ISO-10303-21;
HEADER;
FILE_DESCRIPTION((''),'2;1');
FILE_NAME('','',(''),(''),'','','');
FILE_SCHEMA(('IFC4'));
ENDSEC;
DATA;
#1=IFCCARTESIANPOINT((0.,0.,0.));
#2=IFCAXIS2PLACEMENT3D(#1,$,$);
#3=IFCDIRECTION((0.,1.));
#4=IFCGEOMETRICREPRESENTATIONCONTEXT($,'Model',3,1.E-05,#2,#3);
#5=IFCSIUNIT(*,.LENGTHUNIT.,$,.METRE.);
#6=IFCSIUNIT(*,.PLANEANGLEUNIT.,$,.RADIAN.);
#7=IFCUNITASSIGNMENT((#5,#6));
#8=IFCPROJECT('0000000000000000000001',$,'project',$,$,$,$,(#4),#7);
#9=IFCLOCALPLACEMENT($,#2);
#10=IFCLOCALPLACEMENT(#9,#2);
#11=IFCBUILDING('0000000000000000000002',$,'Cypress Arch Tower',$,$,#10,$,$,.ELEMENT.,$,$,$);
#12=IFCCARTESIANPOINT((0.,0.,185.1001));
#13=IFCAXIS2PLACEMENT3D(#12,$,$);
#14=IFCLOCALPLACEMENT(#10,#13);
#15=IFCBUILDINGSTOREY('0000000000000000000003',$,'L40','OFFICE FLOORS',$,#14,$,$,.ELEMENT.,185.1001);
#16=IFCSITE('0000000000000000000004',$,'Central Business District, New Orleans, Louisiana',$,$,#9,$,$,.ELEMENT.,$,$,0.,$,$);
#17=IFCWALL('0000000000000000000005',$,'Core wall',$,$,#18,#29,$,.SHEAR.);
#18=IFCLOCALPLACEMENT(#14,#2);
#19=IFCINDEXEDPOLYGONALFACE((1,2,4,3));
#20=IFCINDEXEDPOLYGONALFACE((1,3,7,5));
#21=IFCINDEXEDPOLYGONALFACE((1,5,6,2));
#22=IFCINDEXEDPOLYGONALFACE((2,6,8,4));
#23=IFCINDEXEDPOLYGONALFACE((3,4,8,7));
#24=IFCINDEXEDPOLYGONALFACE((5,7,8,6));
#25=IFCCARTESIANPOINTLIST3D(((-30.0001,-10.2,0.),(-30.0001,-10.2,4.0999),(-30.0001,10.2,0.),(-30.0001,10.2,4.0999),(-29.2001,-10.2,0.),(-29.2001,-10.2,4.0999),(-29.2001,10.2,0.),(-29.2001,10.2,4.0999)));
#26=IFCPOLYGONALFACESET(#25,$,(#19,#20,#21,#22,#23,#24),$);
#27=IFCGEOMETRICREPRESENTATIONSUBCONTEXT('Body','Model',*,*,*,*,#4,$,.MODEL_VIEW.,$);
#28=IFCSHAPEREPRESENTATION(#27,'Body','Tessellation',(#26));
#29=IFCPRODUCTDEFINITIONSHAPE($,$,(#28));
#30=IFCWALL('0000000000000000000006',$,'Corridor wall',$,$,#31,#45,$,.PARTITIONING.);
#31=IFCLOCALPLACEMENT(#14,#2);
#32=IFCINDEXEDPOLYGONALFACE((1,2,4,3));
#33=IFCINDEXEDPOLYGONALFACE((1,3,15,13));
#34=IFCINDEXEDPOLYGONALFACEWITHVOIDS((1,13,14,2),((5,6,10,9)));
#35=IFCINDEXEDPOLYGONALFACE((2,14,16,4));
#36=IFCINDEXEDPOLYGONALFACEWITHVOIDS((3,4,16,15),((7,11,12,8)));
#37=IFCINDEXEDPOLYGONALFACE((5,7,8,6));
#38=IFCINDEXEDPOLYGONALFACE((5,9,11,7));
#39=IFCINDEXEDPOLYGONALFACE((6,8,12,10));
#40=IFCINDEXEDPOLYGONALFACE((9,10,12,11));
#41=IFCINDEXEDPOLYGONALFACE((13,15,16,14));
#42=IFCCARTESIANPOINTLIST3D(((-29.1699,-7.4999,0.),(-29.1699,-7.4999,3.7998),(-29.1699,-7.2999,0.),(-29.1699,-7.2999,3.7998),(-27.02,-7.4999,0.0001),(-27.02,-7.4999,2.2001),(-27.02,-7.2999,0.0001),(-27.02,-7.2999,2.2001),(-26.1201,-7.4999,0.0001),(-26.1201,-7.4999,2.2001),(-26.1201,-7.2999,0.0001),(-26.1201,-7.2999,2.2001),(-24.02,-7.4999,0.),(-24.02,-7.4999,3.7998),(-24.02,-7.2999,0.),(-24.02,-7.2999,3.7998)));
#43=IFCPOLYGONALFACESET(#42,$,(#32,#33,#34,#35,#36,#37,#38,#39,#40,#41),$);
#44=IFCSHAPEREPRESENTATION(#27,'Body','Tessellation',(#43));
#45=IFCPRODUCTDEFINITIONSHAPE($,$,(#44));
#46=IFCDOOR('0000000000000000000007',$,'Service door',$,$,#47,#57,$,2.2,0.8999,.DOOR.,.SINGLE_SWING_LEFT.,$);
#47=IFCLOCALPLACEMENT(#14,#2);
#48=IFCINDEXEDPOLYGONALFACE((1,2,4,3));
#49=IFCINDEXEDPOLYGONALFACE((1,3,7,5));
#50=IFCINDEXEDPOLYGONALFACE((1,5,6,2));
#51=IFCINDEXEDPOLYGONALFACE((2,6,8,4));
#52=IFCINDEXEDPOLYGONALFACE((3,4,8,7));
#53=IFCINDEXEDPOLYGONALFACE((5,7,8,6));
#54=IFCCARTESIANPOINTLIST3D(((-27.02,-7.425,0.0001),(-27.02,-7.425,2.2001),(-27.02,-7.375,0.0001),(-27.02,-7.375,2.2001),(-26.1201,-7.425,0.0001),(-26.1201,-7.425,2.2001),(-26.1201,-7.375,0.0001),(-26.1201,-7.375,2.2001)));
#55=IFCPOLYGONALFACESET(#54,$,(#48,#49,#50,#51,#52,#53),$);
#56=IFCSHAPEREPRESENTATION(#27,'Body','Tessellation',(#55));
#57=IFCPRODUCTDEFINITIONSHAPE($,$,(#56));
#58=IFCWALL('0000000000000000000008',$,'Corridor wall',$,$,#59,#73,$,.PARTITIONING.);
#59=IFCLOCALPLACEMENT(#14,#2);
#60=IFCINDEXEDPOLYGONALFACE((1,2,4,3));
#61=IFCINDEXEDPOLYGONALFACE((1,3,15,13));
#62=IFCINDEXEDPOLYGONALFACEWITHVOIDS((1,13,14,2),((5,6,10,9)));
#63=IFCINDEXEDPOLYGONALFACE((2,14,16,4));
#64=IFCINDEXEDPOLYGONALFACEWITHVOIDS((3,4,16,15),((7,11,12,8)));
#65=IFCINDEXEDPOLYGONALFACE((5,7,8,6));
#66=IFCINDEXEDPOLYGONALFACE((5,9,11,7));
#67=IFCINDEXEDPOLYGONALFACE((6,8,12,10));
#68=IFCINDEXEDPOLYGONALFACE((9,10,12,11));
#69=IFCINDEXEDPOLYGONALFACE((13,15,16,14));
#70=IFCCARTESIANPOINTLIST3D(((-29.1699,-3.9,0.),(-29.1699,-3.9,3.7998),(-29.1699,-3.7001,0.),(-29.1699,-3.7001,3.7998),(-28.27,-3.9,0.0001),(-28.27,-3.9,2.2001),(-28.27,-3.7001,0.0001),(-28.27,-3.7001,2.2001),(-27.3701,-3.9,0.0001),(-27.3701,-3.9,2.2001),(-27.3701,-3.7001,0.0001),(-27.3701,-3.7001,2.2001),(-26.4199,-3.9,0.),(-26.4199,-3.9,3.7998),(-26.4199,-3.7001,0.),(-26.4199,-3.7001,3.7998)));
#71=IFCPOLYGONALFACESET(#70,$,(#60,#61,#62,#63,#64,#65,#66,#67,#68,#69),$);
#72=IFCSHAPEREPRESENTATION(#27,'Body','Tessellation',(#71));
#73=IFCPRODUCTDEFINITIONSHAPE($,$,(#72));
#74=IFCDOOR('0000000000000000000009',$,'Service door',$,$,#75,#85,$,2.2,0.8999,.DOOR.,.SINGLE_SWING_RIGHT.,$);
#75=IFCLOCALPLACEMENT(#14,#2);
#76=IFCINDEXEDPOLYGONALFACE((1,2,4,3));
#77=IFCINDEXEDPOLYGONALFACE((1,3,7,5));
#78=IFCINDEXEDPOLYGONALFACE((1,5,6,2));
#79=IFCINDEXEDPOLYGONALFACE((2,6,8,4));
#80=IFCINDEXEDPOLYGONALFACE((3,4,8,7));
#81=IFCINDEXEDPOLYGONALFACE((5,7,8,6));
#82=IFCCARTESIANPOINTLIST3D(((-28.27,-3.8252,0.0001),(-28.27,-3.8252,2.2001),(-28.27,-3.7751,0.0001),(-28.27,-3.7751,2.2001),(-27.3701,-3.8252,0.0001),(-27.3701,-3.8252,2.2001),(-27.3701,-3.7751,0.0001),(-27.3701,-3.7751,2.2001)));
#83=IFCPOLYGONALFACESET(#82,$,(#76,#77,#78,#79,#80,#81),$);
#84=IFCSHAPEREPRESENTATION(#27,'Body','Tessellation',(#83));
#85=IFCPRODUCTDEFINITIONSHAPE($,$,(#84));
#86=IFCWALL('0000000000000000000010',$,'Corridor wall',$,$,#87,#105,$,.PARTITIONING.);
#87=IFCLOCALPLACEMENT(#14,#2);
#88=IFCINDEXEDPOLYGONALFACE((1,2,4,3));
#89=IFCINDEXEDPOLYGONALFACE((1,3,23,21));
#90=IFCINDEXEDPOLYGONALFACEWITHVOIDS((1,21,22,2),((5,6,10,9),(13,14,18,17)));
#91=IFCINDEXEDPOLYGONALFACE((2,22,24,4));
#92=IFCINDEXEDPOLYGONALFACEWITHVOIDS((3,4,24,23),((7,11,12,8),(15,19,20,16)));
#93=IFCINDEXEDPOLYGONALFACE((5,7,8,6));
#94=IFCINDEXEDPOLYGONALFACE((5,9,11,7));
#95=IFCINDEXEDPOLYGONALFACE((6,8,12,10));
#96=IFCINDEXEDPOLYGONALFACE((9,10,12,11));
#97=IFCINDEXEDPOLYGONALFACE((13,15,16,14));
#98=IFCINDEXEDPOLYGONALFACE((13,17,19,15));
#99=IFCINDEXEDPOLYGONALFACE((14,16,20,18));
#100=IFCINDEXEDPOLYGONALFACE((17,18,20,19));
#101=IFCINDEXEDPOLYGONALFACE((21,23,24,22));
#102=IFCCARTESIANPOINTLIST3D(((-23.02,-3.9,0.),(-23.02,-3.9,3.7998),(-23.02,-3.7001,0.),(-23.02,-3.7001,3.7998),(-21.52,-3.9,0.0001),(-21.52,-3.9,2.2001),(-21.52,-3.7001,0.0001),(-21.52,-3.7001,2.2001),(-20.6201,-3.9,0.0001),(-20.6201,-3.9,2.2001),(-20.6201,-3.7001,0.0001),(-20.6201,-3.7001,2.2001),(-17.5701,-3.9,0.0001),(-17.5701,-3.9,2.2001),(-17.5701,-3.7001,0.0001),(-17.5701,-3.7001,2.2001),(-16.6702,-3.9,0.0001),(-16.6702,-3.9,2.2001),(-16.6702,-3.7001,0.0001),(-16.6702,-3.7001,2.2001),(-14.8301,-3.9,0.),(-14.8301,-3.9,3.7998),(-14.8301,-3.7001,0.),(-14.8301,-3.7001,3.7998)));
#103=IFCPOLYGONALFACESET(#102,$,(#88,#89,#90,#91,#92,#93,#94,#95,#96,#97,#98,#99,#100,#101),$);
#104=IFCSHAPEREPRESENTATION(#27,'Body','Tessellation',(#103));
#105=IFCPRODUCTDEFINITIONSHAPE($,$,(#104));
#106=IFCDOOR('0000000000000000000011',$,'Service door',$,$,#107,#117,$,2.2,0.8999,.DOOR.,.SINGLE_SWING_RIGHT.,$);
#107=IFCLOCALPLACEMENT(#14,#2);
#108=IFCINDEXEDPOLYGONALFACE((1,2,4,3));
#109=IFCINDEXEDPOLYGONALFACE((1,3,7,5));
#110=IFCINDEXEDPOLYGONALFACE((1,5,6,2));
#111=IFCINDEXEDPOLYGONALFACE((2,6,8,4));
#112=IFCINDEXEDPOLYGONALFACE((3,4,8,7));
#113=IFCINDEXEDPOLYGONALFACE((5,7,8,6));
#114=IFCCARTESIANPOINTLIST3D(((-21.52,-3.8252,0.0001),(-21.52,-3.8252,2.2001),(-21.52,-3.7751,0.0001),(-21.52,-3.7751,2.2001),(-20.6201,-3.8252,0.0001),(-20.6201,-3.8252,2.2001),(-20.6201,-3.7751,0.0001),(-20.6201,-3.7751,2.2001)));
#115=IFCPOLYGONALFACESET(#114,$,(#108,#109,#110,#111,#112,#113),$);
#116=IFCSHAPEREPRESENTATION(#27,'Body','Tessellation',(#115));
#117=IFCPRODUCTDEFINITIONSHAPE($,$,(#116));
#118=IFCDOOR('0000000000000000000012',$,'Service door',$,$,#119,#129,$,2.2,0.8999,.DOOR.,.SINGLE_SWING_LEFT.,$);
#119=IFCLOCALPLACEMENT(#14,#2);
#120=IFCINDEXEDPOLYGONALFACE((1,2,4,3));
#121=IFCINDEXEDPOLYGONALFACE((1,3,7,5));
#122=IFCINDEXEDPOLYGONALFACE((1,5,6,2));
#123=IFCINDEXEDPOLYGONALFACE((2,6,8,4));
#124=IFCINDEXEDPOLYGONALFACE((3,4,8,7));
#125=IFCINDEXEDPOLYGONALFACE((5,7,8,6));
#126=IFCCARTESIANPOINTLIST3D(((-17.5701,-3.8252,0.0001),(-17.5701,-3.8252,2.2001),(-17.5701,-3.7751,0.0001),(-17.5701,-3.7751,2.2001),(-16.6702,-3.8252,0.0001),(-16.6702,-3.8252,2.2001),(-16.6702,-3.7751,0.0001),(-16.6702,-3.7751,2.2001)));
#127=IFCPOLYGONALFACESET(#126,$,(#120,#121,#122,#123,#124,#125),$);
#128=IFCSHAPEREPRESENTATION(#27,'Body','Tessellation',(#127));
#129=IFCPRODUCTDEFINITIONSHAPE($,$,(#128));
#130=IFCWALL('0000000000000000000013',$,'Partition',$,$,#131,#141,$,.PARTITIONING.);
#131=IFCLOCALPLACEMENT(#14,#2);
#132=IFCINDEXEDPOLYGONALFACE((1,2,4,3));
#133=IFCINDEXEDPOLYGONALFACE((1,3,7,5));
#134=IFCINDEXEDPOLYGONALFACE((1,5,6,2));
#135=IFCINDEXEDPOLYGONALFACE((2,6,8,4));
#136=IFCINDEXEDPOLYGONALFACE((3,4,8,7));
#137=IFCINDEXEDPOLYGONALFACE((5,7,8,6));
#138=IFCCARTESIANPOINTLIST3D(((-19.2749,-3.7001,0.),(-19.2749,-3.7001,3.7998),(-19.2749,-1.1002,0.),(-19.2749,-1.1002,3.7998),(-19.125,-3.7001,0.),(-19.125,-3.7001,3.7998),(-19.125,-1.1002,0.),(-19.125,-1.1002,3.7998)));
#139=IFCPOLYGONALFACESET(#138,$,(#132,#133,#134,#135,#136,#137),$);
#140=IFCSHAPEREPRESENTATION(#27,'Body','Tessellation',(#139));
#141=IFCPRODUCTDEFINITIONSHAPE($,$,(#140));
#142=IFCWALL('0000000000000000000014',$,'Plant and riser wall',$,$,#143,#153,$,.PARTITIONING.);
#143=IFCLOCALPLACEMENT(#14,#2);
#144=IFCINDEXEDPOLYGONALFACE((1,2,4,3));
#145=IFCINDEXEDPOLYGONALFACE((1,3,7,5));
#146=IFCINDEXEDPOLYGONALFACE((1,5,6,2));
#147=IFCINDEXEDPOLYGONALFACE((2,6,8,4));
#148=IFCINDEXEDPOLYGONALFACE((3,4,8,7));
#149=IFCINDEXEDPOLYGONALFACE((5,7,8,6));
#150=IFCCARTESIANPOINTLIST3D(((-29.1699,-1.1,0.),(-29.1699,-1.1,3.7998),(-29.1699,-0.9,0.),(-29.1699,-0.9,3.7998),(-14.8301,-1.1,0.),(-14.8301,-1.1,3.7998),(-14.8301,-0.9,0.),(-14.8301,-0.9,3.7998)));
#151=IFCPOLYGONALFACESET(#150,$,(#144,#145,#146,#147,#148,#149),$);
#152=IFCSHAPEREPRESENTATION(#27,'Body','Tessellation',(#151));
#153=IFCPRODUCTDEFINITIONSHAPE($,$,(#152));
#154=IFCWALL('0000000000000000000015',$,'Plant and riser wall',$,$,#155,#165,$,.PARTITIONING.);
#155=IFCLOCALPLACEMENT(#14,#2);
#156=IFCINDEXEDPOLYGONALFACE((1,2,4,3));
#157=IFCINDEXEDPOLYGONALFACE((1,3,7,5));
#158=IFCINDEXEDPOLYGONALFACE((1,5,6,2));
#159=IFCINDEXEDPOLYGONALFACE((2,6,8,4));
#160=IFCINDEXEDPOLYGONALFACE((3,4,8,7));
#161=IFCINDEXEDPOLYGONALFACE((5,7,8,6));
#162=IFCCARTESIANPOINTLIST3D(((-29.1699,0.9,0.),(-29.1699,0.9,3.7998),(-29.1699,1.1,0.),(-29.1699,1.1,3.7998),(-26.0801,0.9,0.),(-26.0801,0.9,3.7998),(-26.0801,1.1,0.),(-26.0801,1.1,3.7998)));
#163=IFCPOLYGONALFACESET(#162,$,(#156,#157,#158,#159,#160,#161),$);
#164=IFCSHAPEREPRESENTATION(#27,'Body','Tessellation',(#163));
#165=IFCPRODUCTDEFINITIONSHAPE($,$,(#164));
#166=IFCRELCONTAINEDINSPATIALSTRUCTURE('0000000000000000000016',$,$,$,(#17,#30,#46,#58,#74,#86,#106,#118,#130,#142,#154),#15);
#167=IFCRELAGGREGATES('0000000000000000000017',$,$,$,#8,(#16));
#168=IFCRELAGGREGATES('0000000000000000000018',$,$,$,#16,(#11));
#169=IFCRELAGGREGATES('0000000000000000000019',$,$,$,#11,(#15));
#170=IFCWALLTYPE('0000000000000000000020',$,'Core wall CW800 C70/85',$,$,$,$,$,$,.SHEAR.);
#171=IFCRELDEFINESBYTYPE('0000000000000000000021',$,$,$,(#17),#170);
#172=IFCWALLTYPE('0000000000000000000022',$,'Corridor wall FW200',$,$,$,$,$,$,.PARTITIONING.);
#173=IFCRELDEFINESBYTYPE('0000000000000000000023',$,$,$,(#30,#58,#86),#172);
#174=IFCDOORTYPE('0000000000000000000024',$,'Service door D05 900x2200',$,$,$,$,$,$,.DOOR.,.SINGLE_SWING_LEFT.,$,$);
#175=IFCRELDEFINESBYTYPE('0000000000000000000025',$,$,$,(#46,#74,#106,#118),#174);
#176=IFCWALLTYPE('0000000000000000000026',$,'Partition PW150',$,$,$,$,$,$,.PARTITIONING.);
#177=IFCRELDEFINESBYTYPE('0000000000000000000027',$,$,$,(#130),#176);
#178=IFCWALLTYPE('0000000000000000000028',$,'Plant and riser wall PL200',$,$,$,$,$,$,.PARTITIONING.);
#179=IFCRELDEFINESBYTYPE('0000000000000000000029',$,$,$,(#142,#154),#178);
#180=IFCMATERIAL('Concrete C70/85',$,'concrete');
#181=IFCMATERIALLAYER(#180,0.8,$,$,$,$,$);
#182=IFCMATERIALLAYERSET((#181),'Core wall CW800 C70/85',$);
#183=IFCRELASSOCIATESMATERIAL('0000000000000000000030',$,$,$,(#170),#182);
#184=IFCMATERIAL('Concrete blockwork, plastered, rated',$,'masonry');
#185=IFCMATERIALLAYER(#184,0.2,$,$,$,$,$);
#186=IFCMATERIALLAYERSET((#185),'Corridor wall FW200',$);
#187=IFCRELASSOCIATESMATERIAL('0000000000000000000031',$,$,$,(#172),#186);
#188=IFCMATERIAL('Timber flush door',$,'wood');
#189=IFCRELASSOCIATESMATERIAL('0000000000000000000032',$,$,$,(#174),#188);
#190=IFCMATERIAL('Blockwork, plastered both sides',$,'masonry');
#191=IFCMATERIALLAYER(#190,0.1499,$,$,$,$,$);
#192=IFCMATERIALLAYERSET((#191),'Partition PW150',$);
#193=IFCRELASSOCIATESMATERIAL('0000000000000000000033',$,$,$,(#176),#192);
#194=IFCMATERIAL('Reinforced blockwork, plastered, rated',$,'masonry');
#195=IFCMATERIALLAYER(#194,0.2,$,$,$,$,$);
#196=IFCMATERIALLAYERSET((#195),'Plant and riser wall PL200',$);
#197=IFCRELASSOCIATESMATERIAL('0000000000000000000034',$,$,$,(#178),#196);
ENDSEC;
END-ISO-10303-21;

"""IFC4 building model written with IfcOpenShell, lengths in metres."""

from ifc_helpers import new_model, si_unit, direction, frame, frame_2d, origin, place, context, subcontext, project, spatial, rectangle, extrude, material, layer, layer_set, type_object, element, fill, save


model = new_model("IFC4")

# Units and contexts
model_context = context("Model", 3, precision=1e-05, world=origin(), true_north=direction((0.0, 1.0)))
body_context = subcontext(model_context, "Body", "Model", "MODEL_VIEW")
ifc_project = project(units=[si_unit("LENGTHUNIT", "METRE"), si_unit("PLANEANGLEUNIT", "RADIAN")], contexts=[model_context])

# Site, building, storey
site_placement = place(None, origin())
site = spatial("IfcSite", under=ifc_project, at=site_placement, Name="Central Business District, New Orleans, Louisiana", CompositionType="ELEMENT", RefElevation=0.0)
building_placement = place(site_placement, origin())
building = spatial("IfcBuilding", under=site, at=building_placement, Name="Cypress Arch Tower", CompositionType="ELEMENT")
storey_placement = place(building_placement, frame((0.0, 0.0, 185.1001)))
storey = spatial("IfcBuildingStorey", under=building, at=storey_placement, Name="L40", Description="OFFICE FLOORS", CompositionType="ELEMENT", Elevation=185.1001)

# Wall
ifc_material_1 = material(Name="Concrete C70/85", Category="concrete")
ifc_layer_1 = layer(ifc_material_1, 0.8)
ifc_layer_set_1 = layer_set([ifc_layer_1], Name="Core wall CW800 C70/85")
wall_type_1 = type_object("IfcWallType", Name="Core wall CW800 C70/85", PredefinedType="SHEAR", material=ifc_layer_set_1)
wall_1_placement = place(storey_placement, frame((-29.6001, -10.2, 0.0), z_axis=(0.0, 0.0, 1.0), x_axis=(0.0, 1.0, 0.0)))
element("IfcWall", 1, at=wall_1_placement, inside=storey, type_object=wall_type_1, Name="Core wall", PredefinedType="SHEAR", context=body_context, shape_type="SweptSolid", body=[
    extrude(rectangle(XDim=20.3999, YDim=0.8, at=frame_2d((10.2, 0.0))), origin(), (0.0, 0.0, 1.0), 4.0999),
])

# Walls, openings, doors
ifc_material_2 = material(Name="Concrete blockwork, plastered, rated", Category="masonry")
ifc_layer_2 = layer(ifc_material_2, 0.2)
ifc_layer_set_2 = layer_set([ifc_layer_2], Name="Corridor wall FW200")
wall_type_2 = type_object("IfcWallType", Name="Corridor wall FW200", PredefinedType="PARTITIONING", material=ifc_layer_set_2)
wall_2_placement = place(storey_placement, frame((-29.1699, -7.3999, 0.0), z_axis=(0.0, 0.0, 1.0), x_axis=(1.0, 0.0, 0.0)))
wall_2 = element("IfcWall", 2, at=wall_2_placement, inside=storey, type_object=wall_type_2, Name="Corridor wall", PredefinedType="PARTITIONING", context=body_context, shape_type="SweptSolid", body=[
    extrude(rectangle(XDim=5.1499, YDim=0.2, at=frame_2d((2.575, 0.0))), origin(), (0.0, 0.0, 1.0), 3.7998),
])
opening_1_placement = place(wall_2_placement, frame((2.1499, 0.0, 0.0)))
opening_1 = element("IfcOpeningElement", 3, at=opening_1_placement, cuts=wall_2, PredefinedType="OPENING", context=body_context, shape_type="SweptSolid", body=[
    extrude(rectangle(XDim=0.8999, YDim=2.2, at=frame_2d((0.45, 1.1001))), frame((0.0, 0.1099, 0.0), z_axis=(0.0, -1.0, 0.0), x_axis=(1.0, 0.0, 0.0)), (0.0, 0.0, 1.0), 0.22),
])
ifc_material_3 = material(Name="Timber flush door", Category="wood")
door_type_1 = type_object("IfcDoorType", Name="Service door D05 900x2200", OperationType="SINGLE_SWING_LEFT", PredefinedType="DOOR", material=ifc_material_3)
door_1_placement = place(opening_1_placement, origin())
door_1 = element("IfcDoor", 4, at=door_1_placement, inside=storey, type_object=door_type_1, Name="Service door", OperationType="SINGLE_SWING_LEFT", OverallHeight=2.2, OverallWidth=0.8999, PredefinedType="DOOR", context=body_context, shape_type="SweptSolid", body=[
    extrude(rectangle(XDim=0.8999, YDim=2.2, at=frame_2d((0.45, 1.1001))), frame((0.0, 0.0249, 0.0), z_axis=(0.0, -1.0, 0.0), x_axis=(1.0, 0.0, 0.0)), (0.0, 0.0, 1.0), 0.05),
])
fill(opening_1, door_1)
wall_3_placement = place(storey_placement, frame((-29.1699, -3.8, 0.0), z_axis=(0.0, 0.0, 1.0), x_axis=(1.0, 0.0, 0.0)))
wall_3 = element("IfcWall", 5, at=wall_3_placement, inside=storey, type_object=wall_type_2, Name="Corridor wall", PredefinedType="PARTITIONING", context=body_context, shape_type="SweptSolid", body=[
    extrude(rectangle(XDim=2.75, YDim=0.2, at=frame_2d((1.375, 0.0))), origin(), (0.0, 0.0, 1.0), 3.7998),
])
opening_2_placement = place(wall_3_placement, frame((0.8999, 0.0, 0.0)))
opening_2 = element("IfcOpeningElement", 6, at=opening_2_placement, cuts=wall_3, PredefinedType="OPENING", context=body_context, shape_type="SweptSolid", body=[
    extrude(rectangle(XDim=0.8999, YDim=2.2, at=frame_2d((0.45, 1.1001))), frame((0.0, 0.1099, 0.0), z_axis=(0.0, -1.0, 0.0), x_axis=(1.0, 0.0, 0.0)), (0.0, 0.0, 1.0), 0.22),
])
door_2_placement = place(opening_2_placement, origin())
door_2 = element("IfcDoor", 7, at=door_2_placement, inside=storey, type_object=door_type_1, Name="Service door", OperationType="SINGLE_SWING_RIGHT", OverallHeight=2.2, OverallWidth=0.8999, PredefinedType="DOOR", context=body_context, shape_type="SweptSolid", body=[
    extrude(rectangle(XDim=0.8999, YDim=2.2, at=frame_2d((0.45, 1.1001))), frame((0.0, 0.0249, 0.0), z_axis=(0.0, -1.0, 0.0), x_axis=(1.0, 0.0, 0.0)), (0.0, 0.0, 1.0), 0.05),
])
fill(opening_2, door_2)

# Wall, openings, doors
wall_4_placement = place(storey_placement, frame((-23.02, -3.8, 0.0), z_axis=(0.0, 0.0, 1.0), x_axis=(1.0, 0.0, 0.0)))
wall_4 = element("IfcWall", 8, at=wall_4_placement, inside=storey, type_object=wall_type_2, Name="Corridor wall", PredefinedType="PARTITIONING", context=body_context, shape_type="SweptSolid", body=[
    extrude(rectangle(XDim=8.1899, YDim=0.2, at=frame_2d((4.095, 0.0))), origin(), (0.0, 0.0, 1.0), 3.7998),
])
opening_3_placement = place(wall_4_placement, frame((1.5, 0.0, 0.0)))
opening_3 = element("IfcOpeningElement", 9, at=opening_3_placement, cuts=wall_4, PredefinedType="OPENING", context=body_context, shape_type="SweptSolid", body=[
    extrude(rectangle(XDim=0.8999, YDim=2.2, at=frame_2d((0.45, 1.1001))), frame((0.0, 0.1099, 0.0), z_axis=(0.0, -1.0, 0.0), x_axis=(1.0, 0.0, 0.0)), (0.0, 0.0, 1.0), 0.22),
])
opening_4_placement = place(wall_4_placement, frame((5.45, 0.0, 0.0)))
opening_4 = element("IfcOpeningElement", 10, at=opening_4_placement, cuts=wall_4, PredefinedType="OPENING", context=body_context, shape_type="SweptSolid", body=[
    extrude(rectangle(XDim=0.8999, YDim=2.2, at=frame_2d((0.45, 1.1001))), frame((0.0, 0.1099, 0.0), z_axis=(0.0, -1.0, 0.0), x_axis=(1.0, 0.0, 0.0)), (0.0, 0.0, 1.0), 0.22),
])
door_3_placement = place(opening_3_placement, origin())
door_3 = element("IfcDoor", 11, at=door_3_placement, inside=storey, type_object=door_type_1, Name="Service door", OperationType="SINGLE_SWING_RIGHT", OverallHeight=2.2, OverallWidth=0.8999, PredefinedType="DOOR", context=body_context, shape_type="SweptSolid", body=[
    extrude(rectangle(XDim=0.8999, YDim=2.2, at=frame_2d((0.45, 1.1001))), frame((0.0, 0.0249, 0.0), z_axis=(0.0, -1.0, 0.0), x_axis=(1.0, 0.0, 0.0)), (0.0, 0.0, 1.0), 0.05),
])
fill(opening_3, door_3)
door_4_placement = place(opening_4_placement, origin())
door_4 = element("IfcDoor", 12, at=door_4_placement, inside=storey, type_object=door_type_1, Name="Service door", OperationType="SINGLE_SWING_LEFT", OverallHeight=2.2, OverallWidth=0.8999, PredefinedType="DOOR", context=body_context, shape_type="SweptSolid", body=[
    extrude(rectangle(XDim=0.8999, YDim=2.2, at=frame_2d((0.45, 1.1001))), frame((0.0, 0.0249, 0.0), z_axis=(0.0, -1.0, 0.0), x_axis=(1.0, 0.0, 0.0)), (0.0, 0.0, 1.0), 0.05),
])
fill(opening_4, door_4)

# Walls
ifc_material_4 = material(Name="Blockwork, plastered both sides", Category="masonry")
ifc_layer_3 = layer(ifc_material_4, 0.1499)
ifc_layer_set_3 = layer_set([ifc_layer_3], Name="Partition PW150")
wall_type_3 = type_object("IfcWallType", Name="Partition PW150", PredefinedType="PARTITIONING", material=ifc_layer_set_3)
wall_5_placement = place(storey_placement, frame((-19.2, -3.7, 0.0), z_axis=(0.0, 0.0, 1.0), x_axis=(0.0, 1.0, 0.0)))
element("IfcWall", 13, at=wall_5_placement, inside=storey, type_object=wall_type_3, Name="Partition", PredefinedType="PARTITIONING", context=body_context, shape_type="SweptSolid", body=[
    extrude(rectangle(XDim=2.5999, YDim=0.1499, at=frame_2d((1.2998, 0.0))), origin(), (0.0, 0.0, 1.0), 3.7998),
])
ifc_material_5 = material(Name="Reinforced blockwork, plastered, rated", Category="masonry")
ifc_layer_4 = layer(ifc_material_5, 0.2)
ifc_layer_set_4 = layer_set([ifc_layer_4], Name="Plant and riser wall PL200")
wall_type_4 = type_object("IfcWallType", Name="Plant and riser wall PL200", PredefinedType="PARTITIONING", material=ifc_layer_set_4)
wall_6_placement = place(storey_placement, frame((-29.1699, -1.0, 0.0), z_axis=(0.0, 0.0, 1.0), x_axis=(1.0, 0.0, 0.0)))
element("IfcWall", 14, at=wall_6_placement, inside=storey, type_object=wall_type_4, Name="Plant and riser wall", PredefinedType="PARTITIONING", context=body_context, shape_type="SweptSolid", body=[
    extrude(rectangle(XDim=14.3398, YDim=0.2, at=frame_2d((7.1699, 0.0))), origin(), (0.0, 0.0, 1.0), 3.7998),
])
wall_7_placement = place(storey_placement, frame((-29.1699, 1.0, 0.0), z_axis=(0.0, 0.0, 1.0), x_axis=(1.0, 0.0, 0.0)))
element("IfcWall", 15, at=wall_7_placement, inside=storey, type_object=wall_type_4, Name="Plant and riser wall", PredefinedType="PARTITIONING", context=body_context, shape_type="SweptSolid", body=[
    extrude(rectangle(XDim=3.0898, YDim=0.2, at=frame_2d((1.5449, 0.0))), origin(), (0.0, 0.0, 1.0), 3.7998),
])

save(model, "model.ifc")
